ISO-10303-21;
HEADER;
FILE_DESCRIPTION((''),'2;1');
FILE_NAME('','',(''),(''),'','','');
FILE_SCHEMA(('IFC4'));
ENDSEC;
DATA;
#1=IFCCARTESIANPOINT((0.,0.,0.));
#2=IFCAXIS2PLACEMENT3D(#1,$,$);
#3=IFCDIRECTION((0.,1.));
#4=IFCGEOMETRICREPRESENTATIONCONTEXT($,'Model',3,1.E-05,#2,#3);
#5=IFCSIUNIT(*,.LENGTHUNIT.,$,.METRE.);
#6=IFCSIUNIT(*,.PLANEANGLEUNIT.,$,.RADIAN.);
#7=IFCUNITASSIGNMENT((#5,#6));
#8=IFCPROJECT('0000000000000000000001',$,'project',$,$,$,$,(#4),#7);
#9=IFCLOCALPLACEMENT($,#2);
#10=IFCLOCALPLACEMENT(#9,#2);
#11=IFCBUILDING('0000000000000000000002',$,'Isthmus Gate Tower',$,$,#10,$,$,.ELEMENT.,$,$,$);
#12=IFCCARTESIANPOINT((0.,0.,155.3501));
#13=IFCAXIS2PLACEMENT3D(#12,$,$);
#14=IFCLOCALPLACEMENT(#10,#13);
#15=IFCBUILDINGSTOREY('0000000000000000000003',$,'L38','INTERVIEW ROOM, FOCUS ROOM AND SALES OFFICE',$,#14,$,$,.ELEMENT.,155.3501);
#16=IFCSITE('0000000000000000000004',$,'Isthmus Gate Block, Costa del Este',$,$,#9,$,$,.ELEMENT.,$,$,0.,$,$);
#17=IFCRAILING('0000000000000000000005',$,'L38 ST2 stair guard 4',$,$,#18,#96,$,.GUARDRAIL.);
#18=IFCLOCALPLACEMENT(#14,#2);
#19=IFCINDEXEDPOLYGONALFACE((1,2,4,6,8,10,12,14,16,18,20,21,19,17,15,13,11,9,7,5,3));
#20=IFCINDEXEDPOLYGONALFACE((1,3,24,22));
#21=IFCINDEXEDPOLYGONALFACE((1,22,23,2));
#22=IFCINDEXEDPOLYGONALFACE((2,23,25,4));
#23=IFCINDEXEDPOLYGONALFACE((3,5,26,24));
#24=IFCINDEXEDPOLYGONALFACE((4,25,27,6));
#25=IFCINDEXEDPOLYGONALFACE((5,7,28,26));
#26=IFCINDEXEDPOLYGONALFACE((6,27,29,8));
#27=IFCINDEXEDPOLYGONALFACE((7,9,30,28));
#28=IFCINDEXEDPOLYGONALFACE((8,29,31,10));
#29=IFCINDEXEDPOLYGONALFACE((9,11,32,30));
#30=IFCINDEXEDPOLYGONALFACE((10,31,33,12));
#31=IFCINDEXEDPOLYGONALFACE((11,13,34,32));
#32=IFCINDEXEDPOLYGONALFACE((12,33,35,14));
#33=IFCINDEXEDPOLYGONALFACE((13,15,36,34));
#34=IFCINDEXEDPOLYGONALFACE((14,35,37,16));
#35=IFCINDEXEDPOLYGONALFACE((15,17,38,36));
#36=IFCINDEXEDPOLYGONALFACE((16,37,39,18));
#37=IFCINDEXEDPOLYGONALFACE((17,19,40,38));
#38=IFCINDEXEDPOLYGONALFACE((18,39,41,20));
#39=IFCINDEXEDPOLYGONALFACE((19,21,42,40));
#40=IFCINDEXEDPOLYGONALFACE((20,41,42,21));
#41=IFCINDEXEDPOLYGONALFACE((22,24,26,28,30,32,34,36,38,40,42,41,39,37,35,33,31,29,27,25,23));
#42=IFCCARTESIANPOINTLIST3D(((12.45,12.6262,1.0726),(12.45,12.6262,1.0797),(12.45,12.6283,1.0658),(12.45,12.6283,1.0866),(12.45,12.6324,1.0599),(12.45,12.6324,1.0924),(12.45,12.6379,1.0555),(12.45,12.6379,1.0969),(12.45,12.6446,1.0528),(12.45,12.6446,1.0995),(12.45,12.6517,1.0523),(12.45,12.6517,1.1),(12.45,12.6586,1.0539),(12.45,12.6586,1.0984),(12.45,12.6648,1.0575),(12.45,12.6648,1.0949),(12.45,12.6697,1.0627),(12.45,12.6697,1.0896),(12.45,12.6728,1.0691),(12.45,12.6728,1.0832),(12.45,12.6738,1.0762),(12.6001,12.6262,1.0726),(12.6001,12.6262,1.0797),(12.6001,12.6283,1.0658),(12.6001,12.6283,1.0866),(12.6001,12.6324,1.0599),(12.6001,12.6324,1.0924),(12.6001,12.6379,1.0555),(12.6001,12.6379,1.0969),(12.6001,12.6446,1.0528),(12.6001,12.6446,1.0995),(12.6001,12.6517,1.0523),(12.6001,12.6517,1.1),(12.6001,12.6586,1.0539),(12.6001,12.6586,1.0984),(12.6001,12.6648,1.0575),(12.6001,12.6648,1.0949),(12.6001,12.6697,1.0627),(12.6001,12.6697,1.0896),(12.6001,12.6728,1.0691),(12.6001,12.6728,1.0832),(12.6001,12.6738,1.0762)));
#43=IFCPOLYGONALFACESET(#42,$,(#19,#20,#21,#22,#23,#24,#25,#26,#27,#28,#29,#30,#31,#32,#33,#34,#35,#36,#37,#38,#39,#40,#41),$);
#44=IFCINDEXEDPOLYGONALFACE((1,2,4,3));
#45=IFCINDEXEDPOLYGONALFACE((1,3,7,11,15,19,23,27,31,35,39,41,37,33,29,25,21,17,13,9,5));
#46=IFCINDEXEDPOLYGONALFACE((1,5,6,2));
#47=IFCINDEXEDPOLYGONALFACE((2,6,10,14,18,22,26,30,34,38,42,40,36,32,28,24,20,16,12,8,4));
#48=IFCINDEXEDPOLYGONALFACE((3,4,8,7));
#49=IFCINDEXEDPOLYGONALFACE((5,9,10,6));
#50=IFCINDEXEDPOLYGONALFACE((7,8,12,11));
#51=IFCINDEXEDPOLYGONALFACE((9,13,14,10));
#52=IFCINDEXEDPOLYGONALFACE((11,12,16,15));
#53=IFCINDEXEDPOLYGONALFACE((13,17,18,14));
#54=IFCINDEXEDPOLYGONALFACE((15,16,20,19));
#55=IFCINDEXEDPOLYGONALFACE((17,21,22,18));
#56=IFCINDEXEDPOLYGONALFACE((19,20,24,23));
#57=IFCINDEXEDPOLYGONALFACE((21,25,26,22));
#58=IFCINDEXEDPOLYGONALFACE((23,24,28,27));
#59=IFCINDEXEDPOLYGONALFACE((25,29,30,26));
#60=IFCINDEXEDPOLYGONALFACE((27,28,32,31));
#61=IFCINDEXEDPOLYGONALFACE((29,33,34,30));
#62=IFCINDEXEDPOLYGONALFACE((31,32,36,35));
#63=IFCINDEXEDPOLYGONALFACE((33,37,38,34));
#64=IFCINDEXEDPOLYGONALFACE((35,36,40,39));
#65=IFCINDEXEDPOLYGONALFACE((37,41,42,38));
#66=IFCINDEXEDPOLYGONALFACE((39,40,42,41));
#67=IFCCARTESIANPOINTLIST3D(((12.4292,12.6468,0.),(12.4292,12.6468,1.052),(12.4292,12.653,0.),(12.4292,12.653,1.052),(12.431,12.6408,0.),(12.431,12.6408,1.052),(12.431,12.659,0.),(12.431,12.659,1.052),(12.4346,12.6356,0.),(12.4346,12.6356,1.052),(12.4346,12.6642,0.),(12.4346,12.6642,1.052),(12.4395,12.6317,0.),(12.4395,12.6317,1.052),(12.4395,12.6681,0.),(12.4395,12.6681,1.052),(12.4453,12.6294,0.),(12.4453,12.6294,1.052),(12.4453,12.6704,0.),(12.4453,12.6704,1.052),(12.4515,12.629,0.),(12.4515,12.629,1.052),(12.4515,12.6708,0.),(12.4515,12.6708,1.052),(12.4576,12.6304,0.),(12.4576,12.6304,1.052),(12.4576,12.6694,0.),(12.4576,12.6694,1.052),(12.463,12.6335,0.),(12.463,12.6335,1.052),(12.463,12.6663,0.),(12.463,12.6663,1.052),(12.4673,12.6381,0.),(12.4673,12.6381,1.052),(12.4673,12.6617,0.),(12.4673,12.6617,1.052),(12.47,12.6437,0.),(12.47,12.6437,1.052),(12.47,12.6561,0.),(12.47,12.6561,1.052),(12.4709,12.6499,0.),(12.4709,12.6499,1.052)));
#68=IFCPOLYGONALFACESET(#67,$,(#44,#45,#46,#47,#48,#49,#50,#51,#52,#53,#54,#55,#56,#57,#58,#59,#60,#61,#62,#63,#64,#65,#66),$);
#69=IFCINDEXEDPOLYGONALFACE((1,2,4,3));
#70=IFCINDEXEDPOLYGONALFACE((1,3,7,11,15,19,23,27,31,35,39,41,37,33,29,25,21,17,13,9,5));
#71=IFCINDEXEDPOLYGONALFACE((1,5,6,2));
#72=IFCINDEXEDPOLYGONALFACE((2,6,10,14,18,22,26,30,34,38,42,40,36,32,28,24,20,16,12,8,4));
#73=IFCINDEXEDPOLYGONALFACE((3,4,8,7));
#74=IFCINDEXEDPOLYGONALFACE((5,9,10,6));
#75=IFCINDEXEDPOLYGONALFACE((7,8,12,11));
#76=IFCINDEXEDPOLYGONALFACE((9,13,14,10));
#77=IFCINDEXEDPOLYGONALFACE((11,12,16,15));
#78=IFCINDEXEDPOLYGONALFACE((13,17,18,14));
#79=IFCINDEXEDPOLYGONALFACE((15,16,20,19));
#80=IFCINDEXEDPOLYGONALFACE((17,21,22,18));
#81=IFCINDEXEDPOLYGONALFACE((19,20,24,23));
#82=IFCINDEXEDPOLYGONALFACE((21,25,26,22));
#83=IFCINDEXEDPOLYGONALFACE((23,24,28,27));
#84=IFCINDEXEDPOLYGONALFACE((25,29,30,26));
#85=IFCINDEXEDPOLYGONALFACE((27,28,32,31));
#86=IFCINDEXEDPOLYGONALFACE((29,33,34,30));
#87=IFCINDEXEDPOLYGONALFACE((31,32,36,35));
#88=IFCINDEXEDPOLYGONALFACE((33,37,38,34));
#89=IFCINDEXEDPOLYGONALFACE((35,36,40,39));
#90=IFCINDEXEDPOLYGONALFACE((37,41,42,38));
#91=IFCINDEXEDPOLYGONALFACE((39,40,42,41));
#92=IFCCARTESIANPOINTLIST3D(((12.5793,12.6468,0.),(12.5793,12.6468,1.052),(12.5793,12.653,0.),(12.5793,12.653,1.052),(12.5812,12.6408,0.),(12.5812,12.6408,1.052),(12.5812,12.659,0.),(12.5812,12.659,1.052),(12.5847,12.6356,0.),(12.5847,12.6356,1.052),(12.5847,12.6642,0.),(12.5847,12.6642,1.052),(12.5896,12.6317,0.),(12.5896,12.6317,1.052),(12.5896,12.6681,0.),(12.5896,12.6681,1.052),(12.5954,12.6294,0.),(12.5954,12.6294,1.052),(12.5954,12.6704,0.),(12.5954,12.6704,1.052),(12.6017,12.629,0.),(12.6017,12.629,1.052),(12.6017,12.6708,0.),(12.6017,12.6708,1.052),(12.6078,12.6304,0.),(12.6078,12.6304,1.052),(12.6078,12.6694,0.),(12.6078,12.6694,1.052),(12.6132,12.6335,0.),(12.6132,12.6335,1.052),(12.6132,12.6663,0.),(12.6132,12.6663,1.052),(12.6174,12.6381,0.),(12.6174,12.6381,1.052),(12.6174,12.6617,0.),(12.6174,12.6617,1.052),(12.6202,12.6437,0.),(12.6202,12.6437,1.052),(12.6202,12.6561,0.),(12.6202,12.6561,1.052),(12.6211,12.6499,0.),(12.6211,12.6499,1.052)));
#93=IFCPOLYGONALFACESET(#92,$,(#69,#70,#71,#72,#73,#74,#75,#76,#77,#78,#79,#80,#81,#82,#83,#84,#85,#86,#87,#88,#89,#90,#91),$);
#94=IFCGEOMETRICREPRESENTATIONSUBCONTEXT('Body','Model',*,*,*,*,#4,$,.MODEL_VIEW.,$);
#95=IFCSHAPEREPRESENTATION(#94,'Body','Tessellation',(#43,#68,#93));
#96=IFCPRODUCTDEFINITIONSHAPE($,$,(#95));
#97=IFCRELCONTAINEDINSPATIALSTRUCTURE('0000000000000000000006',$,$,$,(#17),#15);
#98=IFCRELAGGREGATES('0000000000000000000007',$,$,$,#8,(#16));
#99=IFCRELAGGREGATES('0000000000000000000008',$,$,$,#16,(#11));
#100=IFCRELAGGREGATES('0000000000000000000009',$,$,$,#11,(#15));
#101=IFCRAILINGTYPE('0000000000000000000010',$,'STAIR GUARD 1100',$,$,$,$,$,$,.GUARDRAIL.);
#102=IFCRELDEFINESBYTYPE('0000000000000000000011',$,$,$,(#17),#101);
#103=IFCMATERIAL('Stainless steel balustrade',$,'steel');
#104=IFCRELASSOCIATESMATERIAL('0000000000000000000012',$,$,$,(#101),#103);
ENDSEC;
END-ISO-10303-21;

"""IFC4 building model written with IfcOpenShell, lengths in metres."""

from ifc_helpers import new_model, si_unit, direction, frame, origin, origin_2d, place, context, subcontext, project, spatial, circle, extrude, material, type_object, element, save


model = new_model("IFC4")

# Units and contexts
model_context = context("Model", 3, precision=1e-05, world=origin(), true_north=direction((0.0, 1.0)))
body_context = subcontext(model_context, "Body", "Model", "MODEL_VIEW")
ifc_project = project(units=[si_unit("LENGTHUNIT", "METRE"), si_unit("PLANEANGLEUNIT", "RADIAN")], contexts=[model_context])

# Site, building, storey
site_placement = place(None, origin())
site = spatial("IfcSite", under=ifc_project, at=site_placement, Name="Isthmus Gate Block, Costa del Este", CompositionType="ELEMENT", RefElevation=0.0)
building_placement = place(site_placement, origin())
building = spatial("IfcBuilding", under=site, at=building_placement, Name="Isthmus Gate Tower", CompositionType="ELEMENT")
storey_placement = place(building_placement, frame((0.0, 0.0, 155.3501)))
storey = spatial("IfcBuildingStorey", under=building, at=storey_placement, Name="L38", Description="INTERVIEW ROOM, FOCUS ROOM AND SALES OFFICE", CompositionType="ELEMENT", Elevation=155.3501)

# Railing
ifc_material_1 = material(Name="Stainless steel balustrade", Category="steel")
railing_type_1 = type_object("IfcRailingType", Name="STAIR GUARD 1100", PredefinedType="GUARDRAIL", material=ifc_material_1)
railing_1_placement = place(storey_placement, frame((12.45, 12.6499, 0.0)))
element("IfcRailing", 1, at=railing_1_placement, inside=storey, type_object=railing_type_1, Name="L38 ST2 stair guard 4", PredefinedType="GUARDRAIL", context=body_context, shape_type="SweptSolid", body=[
    extrude(circle(Radius=0.0239, at=origin_2d()), frame((0.0, 0.0, 1.0762), z_axis=(1.0, 0.0, 0.0), x_axis=(0.0, 1.0, 0.0)), (0.0, 0.0, 1.0), 0.1501),
    extrude(circle(Radius=0.021, at=origin_2d()), origin(), (0.0, 0.0, 1.0), 1.052),
    extrude(circle(Radius=0.021, at=origin_2d()), frame((0.1501, 0.0, 0.0)), (0.0, 0.0, 1.0), 1.052),
])

save(model, "model.ifc")
